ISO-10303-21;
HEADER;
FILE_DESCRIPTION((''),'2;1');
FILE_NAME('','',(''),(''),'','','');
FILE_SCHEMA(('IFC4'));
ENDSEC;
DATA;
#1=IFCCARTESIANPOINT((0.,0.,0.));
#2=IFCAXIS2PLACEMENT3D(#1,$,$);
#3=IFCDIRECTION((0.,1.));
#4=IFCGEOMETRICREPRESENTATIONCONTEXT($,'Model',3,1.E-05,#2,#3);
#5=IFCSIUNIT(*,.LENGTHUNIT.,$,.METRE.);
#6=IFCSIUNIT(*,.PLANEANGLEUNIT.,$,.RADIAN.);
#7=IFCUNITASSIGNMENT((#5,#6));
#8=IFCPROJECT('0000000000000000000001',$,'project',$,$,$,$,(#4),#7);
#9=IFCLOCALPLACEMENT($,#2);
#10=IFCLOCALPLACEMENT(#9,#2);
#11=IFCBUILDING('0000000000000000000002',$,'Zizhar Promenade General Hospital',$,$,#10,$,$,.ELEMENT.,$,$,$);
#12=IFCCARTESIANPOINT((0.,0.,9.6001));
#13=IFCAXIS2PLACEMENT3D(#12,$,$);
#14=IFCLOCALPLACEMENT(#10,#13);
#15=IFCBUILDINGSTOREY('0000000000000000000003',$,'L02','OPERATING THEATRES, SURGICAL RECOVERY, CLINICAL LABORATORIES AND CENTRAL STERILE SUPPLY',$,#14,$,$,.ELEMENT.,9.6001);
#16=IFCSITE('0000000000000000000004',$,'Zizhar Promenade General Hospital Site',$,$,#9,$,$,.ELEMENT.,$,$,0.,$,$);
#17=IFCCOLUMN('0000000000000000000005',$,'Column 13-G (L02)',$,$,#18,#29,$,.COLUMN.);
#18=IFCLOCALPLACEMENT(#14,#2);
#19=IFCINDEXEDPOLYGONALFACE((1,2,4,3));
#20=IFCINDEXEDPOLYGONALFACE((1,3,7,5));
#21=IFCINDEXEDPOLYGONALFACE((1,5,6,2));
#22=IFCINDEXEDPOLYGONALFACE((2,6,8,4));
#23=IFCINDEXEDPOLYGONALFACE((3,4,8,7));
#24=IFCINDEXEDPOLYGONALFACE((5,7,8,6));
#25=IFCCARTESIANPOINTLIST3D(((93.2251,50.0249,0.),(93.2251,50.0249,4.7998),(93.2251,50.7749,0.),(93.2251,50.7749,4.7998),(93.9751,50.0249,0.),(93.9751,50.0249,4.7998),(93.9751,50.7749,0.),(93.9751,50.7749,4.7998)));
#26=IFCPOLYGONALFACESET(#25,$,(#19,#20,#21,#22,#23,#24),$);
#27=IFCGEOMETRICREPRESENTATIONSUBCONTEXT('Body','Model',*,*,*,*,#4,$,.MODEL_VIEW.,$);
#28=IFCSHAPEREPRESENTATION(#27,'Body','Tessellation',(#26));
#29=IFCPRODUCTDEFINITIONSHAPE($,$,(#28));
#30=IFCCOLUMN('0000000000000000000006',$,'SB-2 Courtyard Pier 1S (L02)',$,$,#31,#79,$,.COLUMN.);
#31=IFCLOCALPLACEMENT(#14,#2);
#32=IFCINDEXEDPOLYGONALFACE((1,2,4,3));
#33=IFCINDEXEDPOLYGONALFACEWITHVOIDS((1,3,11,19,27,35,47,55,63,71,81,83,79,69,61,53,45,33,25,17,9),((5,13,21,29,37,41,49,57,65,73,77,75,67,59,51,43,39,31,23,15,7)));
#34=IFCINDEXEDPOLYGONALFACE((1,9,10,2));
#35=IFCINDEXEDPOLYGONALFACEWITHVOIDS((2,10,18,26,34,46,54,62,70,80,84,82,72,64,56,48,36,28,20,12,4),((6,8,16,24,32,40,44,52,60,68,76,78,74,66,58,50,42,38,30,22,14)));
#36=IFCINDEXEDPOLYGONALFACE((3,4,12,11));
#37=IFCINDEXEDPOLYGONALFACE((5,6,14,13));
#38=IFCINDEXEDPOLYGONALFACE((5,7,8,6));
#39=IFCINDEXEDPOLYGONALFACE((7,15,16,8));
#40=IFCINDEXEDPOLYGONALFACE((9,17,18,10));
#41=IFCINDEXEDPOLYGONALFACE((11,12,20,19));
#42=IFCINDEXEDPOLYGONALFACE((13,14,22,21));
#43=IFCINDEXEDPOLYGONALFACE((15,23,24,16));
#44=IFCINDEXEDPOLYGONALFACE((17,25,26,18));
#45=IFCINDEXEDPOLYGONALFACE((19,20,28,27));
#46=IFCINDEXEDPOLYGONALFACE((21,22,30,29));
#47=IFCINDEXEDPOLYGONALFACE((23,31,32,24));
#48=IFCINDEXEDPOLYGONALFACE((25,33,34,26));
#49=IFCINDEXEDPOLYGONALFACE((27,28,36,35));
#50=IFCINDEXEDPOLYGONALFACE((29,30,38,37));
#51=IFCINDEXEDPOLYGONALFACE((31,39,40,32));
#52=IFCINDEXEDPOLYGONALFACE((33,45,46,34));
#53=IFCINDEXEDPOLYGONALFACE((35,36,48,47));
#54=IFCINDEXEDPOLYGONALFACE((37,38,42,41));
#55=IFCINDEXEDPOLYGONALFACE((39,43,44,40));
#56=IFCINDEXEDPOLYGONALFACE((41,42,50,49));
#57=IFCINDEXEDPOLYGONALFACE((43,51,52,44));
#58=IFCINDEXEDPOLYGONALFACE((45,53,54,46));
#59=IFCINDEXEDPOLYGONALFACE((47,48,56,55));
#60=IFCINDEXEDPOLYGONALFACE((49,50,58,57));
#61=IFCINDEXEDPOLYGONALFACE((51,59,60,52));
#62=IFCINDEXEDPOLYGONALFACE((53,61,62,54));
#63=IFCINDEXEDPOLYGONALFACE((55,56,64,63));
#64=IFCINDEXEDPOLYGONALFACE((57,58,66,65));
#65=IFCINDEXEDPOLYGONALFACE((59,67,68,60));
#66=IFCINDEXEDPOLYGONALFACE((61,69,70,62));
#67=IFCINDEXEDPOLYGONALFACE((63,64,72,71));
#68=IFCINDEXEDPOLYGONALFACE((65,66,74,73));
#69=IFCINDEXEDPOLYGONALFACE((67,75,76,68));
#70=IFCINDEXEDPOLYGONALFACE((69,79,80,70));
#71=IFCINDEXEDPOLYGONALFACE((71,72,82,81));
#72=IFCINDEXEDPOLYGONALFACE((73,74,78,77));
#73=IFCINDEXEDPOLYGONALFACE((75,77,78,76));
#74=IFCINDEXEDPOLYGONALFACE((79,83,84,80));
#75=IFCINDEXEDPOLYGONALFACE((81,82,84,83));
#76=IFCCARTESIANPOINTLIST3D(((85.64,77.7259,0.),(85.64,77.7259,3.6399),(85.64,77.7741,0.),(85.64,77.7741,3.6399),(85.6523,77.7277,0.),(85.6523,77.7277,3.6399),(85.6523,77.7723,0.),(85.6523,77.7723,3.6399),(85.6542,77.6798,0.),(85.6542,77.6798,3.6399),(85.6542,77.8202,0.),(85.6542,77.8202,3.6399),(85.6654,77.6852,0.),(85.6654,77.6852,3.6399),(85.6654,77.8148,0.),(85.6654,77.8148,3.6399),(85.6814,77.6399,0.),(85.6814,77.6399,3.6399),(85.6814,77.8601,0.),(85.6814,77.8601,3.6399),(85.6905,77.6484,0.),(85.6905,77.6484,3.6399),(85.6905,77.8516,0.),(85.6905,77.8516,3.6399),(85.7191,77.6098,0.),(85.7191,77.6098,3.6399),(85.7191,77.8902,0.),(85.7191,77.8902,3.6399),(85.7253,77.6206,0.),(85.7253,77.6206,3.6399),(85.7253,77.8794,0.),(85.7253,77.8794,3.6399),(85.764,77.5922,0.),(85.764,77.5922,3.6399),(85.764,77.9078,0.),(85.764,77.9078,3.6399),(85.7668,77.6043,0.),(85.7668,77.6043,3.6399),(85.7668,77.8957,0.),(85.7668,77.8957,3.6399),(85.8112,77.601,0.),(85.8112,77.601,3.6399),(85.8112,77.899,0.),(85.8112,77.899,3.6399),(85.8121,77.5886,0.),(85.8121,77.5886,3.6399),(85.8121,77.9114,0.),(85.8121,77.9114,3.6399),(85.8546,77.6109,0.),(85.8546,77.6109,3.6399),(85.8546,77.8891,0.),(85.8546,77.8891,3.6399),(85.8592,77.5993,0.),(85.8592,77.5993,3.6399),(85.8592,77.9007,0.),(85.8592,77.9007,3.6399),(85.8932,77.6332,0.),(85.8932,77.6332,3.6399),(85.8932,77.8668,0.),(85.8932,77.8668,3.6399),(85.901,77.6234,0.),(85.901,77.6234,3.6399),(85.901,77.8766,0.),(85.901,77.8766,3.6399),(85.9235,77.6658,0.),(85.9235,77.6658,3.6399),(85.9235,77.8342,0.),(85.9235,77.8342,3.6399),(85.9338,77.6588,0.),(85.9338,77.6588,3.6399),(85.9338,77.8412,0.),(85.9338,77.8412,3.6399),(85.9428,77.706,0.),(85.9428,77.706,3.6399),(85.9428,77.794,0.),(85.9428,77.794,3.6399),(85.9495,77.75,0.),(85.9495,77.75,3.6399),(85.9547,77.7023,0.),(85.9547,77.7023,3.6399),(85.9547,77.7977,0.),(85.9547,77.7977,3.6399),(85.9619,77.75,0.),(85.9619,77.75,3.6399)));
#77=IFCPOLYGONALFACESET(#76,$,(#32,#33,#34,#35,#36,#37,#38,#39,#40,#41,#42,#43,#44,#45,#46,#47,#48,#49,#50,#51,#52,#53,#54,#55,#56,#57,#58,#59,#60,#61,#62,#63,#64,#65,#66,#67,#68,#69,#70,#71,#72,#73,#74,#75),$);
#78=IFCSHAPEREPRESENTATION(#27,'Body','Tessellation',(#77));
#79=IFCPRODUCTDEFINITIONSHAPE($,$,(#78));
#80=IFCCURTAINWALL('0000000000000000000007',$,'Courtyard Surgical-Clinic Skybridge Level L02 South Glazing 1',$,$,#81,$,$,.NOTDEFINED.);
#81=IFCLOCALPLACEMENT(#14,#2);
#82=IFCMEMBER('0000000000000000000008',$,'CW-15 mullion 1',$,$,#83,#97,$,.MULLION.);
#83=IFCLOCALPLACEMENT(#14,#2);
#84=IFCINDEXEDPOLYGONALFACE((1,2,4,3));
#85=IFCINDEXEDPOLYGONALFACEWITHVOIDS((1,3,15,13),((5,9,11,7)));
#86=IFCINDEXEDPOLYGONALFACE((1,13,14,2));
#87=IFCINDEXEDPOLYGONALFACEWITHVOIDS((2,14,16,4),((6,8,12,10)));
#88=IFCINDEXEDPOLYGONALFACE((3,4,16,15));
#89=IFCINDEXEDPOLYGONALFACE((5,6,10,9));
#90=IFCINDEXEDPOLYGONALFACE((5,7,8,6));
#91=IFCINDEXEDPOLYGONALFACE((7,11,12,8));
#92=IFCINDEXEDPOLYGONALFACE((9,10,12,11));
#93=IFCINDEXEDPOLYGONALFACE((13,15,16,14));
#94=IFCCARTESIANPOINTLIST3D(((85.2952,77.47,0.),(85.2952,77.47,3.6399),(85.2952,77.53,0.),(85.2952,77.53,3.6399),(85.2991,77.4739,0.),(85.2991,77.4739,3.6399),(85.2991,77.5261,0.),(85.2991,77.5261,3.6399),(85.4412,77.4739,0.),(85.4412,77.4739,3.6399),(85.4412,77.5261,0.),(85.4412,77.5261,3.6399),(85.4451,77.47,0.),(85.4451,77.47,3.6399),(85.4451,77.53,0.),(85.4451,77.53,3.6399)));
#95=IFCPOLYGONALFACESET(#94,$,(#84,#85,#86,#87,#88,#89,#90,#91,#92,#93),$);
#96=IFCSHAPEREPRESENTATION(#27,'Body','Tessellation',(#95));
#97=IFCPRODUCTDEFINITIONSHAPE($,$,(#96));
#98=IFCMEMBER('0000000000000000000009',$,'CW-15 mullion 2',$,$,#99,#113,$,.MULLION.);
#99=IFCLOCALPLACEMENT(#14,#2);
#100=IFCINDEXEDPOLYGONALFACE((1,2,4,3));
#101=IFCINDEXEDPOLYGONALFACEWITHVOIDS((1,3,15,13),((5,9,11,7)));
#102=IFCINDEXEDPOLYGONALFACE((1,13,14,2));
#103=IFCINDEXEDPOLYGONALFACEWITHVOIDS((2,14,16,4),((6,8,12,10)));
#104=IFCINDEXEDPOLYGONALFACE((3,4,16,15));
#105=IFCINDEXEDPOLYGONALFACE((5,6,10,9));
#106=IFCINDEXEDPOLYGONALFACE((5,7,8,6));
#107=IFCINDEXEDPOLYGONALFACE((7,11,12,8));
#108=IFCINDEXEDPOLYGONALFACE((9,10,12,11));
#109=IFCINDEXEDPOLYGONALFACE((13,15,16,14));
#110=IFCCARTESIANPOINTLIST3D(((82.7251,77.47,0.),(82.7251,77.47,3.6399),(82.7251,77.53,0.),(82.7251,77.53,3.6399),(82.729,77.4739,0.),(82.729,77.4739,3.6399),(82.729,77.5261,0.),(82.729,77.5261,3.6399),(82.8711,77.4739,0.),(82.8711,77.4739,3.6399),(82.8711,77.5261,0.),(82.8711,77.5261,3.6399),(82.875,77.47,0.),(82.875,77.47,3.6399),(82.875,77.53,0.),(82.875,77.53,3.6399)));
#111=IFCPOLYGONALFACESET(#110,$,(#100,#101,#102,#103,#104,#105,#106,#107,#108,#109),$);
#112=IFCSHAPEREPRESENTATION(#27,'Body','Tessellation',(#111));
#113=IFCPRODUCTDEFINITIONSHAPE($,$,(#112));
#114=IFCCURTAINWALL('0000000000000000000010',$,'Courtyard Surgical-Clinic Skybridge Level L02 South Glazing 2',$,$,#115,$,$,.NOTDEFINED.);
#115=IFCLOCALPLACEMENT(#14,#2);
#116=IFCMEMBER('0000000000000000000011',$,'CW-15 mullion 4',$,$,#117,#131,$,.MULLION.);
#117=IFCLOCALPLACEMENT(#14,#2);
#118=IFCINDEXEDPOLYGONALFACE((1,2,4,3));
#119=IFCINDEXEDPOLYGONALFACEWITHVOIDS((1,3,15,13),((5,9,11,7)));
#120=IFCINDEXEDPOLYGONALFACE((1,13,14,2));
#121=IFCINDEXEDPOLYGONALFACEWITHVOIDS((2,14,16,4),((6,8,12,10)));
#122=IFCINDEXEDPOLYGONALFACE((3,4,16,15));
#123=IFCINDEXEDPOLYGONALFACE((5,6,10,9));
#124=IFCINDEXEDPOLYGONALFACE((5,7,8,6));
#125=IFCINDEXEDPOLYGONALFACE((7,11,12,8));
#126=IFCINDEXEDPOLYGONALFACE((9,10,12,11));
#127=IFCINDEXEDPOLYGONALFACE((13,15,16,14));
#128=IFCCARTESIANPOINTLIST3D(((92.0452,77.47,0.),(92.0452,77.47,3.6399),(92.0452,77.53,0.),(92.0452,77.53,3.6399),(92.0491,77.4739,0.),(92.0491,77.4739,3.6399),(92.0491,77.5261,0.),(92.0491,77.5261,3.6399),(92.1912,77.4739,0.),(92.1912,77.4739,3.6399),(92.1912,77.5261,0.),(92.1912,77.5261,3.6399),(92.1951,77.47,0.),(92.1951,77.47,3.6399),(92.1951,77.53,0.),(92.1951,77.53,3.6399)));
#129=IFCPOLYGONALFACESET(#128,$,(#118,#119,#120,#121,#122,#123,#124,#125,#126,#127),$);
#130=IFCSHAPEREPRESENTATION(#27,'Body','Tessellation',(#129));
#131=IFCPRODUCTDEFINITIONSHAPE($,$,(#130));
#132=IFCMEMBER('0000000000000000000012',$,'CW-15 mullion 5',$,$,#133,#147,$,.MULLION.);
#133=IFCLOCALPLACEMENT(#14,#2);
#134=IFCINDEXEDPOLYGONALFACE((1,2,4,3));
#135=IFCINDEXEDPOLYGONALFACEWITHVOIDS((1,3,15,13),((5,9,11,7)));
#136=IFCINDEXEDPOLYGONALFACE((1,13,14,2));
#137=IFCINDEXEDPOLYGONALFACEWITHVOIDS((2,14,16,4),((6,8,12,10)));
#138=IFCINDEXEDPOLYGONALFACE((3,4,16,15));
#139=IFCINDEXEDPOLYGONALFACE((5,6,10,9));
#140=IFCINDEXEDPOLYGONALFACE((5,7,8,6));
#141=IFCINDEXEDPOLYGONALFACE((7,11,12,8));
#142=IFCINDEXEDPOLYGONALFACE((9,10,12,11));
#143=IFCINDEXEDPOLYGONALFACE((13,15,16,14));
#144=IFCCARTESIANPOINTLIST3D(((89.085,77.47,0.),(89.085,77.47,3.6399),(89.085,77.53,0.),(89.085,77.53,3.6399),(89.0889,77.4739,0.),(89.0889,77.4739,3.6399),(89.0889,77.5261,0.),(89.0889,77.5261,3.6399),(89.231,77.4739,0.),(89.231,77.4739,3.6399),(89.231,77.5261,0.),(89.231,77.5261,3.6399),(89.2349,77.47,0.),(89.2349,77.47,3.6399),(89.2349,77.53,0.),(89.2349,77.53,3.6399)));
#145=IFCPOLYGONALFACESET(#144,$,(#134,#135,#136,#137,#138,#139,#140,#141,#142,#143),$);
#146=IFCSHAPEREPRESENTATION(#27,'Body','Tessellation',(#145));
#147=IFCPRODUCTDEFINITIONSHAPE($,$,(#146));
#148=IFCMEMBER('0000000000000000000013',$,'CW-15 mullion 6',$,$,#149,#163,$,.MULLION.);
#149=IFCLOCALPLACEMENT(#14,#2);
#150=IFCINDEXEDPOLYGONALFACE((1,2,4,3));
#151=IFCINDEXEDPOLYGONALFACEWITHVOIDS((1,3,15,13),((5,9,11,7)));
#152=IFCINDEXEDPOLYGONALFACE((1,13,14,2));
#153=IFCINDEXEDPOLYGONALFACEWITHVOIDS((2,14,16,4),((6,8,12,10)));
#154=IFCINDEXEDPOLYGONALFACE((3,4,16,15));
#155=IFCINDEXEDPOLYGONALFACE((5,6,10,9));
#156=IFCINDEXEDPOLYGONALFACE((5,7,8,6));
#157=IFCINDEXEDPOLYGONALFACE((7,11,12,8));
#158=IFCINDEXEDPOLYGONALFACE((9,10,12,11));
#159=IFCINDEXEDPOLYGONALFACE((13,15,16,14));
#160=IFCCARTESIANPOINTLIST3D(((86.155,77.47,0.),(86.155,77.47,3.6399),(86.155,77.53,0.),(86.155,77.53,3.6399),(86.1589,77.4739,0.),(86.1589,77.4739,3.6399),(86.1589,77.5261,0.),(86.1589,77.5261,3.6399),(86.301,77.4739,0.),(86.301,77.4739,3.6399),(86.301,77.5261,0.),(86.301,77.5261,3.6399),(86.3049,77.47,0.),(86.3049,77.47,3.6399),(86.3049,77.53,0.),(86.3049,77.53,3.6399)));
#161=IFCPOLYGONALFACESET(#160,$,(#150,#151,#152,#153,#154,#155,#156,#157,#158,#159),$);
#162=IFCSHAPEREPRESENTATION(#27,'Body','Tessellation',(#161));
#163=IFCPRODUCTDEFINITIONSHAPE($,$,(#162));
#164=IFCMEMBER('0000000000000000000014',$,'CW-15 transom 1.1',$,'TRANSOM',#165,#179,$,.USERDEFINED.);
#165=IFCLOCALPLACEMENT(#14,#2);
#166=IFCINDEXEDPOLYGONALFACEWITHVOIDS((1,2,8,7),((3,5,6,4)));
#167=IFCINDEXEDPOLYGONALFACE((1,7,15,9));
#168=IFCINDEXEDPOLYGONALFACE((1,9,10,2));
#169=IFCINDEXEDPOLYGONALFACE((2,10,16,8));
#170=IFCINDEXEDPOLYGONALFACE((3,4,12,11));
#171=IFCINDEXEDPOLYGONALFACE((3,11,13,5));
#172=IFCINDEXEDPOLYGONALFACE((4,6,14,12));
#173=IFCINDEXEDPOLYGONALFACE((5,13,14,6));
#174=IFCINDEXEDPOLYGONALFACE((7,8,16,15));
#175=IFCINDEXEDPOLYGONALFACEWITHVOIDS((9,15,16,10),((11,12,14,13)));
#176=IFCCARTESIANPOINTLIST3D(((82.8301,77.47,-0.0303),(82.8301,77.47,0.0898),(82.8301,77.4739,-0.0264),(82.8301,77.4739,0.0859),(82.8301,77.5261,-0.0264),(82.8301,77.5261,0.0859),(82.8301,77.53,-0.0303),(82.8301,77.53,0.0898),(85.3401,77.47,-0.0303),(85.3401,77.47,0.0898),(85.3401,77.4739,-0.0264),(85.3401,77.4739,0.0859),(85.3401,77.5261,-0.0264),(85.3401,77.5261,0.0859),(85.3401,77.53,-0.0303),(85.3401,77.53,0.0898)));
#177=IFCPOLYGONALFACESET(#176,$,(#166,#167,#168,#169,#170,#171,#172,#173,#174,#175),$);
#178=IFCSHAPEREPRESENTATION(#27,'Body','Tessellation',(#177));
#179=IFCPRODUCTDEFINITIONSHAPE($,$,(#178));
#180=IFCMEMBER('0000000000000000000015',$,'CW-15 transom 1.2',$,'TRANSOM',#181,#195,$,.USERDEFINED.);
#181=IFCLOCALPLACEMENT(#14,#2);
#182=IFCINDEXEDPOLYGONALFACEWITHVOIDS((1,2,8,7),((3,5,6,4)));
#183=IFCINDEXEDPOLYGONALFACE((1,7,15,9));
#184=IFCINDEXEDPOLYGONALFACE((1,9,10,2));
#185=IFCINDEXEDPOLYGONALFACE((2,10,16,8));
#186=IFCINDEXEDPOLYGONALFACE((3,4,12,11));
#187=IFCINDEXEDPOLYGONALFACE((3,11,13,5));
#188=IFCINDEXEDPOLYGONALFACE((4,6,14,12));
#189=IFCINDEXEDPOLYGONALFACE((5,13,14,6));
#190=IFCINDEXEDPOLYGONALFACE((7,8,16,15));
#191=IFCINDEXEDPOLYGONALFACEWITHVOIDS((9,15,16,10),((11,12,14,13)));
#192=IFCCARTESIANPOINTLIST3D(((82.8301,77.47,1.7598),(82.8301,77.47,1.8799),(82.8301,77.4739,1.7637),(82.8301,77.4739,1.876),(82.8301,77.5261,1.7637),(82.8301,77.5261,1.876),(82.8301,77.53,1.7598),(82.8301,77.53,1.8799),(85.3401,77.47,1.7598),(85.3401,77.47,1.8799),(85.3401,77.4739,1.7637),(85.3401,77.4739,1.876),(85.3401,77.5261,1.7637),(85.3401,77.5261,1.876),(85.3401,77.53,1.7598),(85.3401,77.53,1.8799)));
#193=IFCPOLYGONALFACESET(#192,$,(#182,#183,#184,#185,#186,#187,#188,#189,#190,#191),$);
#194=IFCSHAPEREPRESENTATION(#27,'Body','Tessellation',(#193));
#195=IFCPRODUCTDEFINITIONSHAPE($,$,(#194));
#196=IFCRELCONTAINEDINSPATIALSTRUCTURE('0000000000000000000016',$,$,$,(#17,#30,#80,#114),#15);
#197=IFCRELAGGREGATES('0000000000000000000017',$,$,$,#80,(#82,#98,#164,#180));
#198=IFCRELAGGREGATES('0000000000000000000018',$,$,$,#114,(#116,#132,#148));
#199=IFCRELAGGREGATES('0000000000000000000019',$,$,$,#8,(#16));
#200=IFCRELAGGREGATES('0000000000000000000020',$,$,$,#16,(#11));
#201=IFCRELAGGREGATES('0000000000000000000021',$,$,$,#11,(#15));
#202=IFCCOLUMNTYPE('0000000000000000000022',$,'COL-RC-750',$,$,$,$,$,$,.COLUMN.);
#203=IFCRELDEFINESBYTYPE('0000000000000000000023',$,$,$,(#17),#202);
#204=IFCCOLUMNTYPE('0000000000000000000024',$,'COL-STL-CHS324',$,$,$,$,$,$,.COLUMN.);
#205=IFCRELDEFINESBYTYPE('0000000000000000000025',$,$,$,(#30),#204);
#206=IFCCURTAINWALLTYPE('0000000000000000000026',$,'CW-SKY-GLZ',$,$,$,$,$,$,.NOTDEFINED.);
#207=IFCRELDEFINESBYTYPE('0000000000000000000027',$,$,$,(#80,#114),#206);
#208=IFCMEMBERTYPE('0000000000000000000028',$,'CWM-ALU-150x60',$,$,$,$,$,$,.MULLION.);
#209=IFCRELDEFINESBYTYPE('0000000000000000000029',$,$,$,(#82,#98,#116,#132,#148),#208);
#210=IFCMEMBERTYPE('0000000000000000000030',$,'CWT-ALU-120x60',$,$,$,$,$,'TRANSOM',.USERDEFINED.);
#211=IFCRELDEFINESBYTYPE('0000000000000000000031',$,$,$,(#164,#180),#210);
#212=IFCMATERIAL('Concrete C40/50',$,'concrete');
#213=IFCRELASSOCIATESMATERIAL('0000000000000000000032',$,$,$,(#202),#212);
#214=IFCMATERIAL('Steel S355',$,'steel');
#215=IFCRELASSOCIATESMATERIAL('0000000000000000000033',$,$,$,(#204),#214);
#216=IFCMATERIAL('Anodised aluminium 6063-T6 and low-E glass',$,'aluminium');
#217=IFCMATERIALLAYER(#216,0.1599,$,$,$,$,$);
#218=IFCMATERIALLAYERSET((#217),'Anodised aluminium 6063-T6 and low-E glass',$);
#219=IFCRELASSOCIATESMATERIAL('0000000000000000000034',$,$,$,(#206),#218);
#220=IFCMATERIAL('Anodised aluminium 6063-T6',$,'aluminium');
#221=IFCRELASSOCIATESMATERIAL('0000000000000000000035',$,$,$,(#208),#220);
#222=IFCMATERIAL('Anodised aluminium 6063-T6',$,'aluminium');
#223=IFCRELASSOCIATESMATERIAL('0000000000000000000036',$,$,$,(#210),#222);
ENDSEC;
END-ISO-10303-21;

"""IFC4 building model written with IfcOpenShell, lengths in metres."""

from ifc_helpers import new_model, si_unit, direction, frame, origin, origin_2d, place, context, subcontext, project, spatial, rectangle, hollow_rectangle, hollow_circle, extrude, material, layer, layer_set, material_profile, profile_set, type_object, element, aggregate, save


model = new_model("IFC4")

# Units and contexts
model_context = context("Model", 3, precision=1e-05, world=origin(), true_north=direction((0.0, 1.0)))
body_context = subcontext(model_context, "Body", "Model", "MODEL_VIEW")
ifc_project = project(units=[si_unit("LENGTHUNIT", "METRE"), si_unit("PLANEANGLEUNIT", "RADIAN")], contexts=[model_context])

# Site, building, storey
site_placement = place(None, origin())
site = spatial("IfcSite", under=ifc_project, at=site_placement, Name="Zizhar Promenade General Hospital Site", CompositionType="ELEMENT", RefElevation=0.0)
building_placement = place(site_placement, origin())
building = spatial("IfcBuilding", under=site, at=building_placement, Name="Zizhar Promenade General Hospital", CompositionType="ELEMENT")
storey_placement = place(building_placement, frame((0.0, 0.0, 9.6001)))
storey = spatial("IfcBuildingStorey", under=building, at=storey_placement, Name="L02", Description="OPERATING THEATRES, SURGICAL RECOVERY, CLINICAL LABORATORIES AND CENTRAL STERILE SUPPLY", CompositionType="ELEMENT", Elevation=9.6001)

# Columns
ifc_material_1 = material(Name="Concrete C40/50", Category="concrete")
ifc_material_profile_1 = material_profile(ifc_material_1, rectangle(XDim=0.75, YDim=0.75, at=origin_2d()))
ifc_profile_set_1 = profile_set([ifc_material_profile_1], Name="Concrete C40/50")
column_type_1 = type_object("IfcColumnType", Name="COL-RC-750", PredefinedType="COLUMN", material=ifc_profile_set_1)
column_1_placement = place(storey_placement, frame((93.6001, 50.3999, 0.0), z_axis=(0.0, 0.0, 1.0), x_axis=(1.0, 0.0, 0.0)))
element("IfcColumn", 1, at=column_1_placement, inside=storey, type_object=column_type_1, Name="Column 13-G (L02)", PredefinedType="COLUMN", context=body_context, shape_type="SweptSolid", body=[
    extrude(rectangle(XDim=0.75, YDim=0.75, at=origin_2d()), origin(), (0.0, 0.0, 1.0), 4.7998),
])
ifc_material_2 = material(Name="Steel S355", Category="steel")
ifc_material_profile_2 = material_profile(ifc_material_2, hollow_circle(Radius=0.1619, WallThickness=0.0125, at=origin_2d()))
ifc_profile_set_2 = profile_set([ifc_material_profile_2], Name="Steel S355")
column_type_2 = type_object("IfcColumnType", Name="COL-STL-CHS324", PredefinedType="COLUMN", material=ifc_profile_set_2)
column_2_placement = place(storey_placement, frame((85.8, 77.75, 0.0), z_axis=(0.0, 0.0, 1.0), x_axis=(1.0, 0.0, 0.0)))
element("IfcColumn", 2, at=column_2_placement, inside=storey, type_object=column_type_2, Name="SB-2 Courtyard Pier 1S (L02)", PredefinedType="COLUMN", context=body_context, shape_type="SweptSolid", body=[
    extrude(hollow_circle(Radius=0.1619, WallThickness=0.0125, at=origin_2d()), origin(), (0.0, 0.0, 1.0), 3.6399),
])

# Curtain walls, members
ifc_material_3 = material(Name="Anodised aluminium 6063-T6 and low-E glass", Category="aluminium")
ifc_layer_1 = layer(ifc_material_3, 0.1599)
ifc_layer_set_1 = layer_set([ifc_layer_1], Name="Anodised aluminium 6063-T6 and low-E glass")
curtain_wall_type = type_object("IfcCurtainWallType", Name="CW-SKY-GLZ", PredefinedType="NOTDEFINED", material=ifc_layer_set_1)
curtain_wall_1_placement = place(storey_placement, origin())
curtain_wall_1 = element("IfcCurtainWall", 3, at=curtain_wall_1_placement, inside=storey, type_object=curtain_wall_type, Name="Courtyard Surgical-Clinic Skybridge Level L02 South Glazing 1", PredefinedType="NOTDEFINED")
ifc_material_4 = material(Name="Anodised aluminium 6063-T6", Category="aluminium")
ifc_material_profile_3 = material_profile(ifc_material_4, hollow_rectangle(XDim=0.0601, YDim=0.1499, WallThickness=0.0039, at=origin_2d()))
ifc_profile_set_3 = profile_set([ifc_material_profile_3], Name="Anodised aluminium 6063-T6")
member_type_1 = type_object("IfcMemberType", Name="CWM-ALU-150x60", PredefinedType="MULLION", material=ifc_profile_set_3)
member_1_placement = place(storey_placement, frame((85.3701, 77.5, 0.0), z_axis=(0.0, 0.0, 1.0), x_axis=(0.0, -1.0, 0.0)))
member_1 = element("IfcMember", 4, at=member_1_placement, type_object=member_type_1, Name="CW-15 mullion 1", PredefinedType="MULLION", context=body_context, shape_type="SweptSolid", body=[
    extrude(hollow_rectangle(XDim=0.0601, YDim=0.1499, WallThickness=0.0039, at=origin_2d()), origin(), (0.0, 0.0, 1.0), 3.6399),
])
member_2_placement = place(storey_placement, frame((82.8, 77.5, 0.0), z_axis=(0.0, 0.0, 1.0), x_axis=(0.0, -1.0, 0.0)))
member_2 = element("IfcMember", 5, at=member_2_placement, type_object=member_type_1, Name="CW-15 mullion 2", PredefinedType="MULLION", context=body_context, shape_type="SweptSolid", body=[
    extrude(hollow_rectangle(XDim=0.0601, YDim=0.1499, WallThickness=0.0039, at=origin_2d()), origin(), (0.0, 0.0, 1.0), 3.6399),
])
curtain_wall_2_placement = place(storey_placement, origin())
curtain_wall_2 = element("IfcCurtainWall", 6, at=curtain_wall_2_placement, inside=storey, type_object=curtain_wall_type, Name="Courtyard Surgical-Clinic Skybridge Level L02 South Glazing 2", PredefinedType="NOTDEFINED")
member_3_placement = place(storey_placement, frame((92.1201, 77.5, 0.0), z_axis=(0.0, 0.0, 1.0), x_axis=(0.0, -1.0, 0.0)))
member_3 = element("IfcMember", 7, at=member_3_placement, type_object=member_type_1, Name="CW-15 mullion 4", PredefinedType="MULLION", context=body_context, shape_type="SweptSolid", body=[
    extrude(hollow_rectangle(XDim=0.0601, YDim=0.1499, WallThickness=0.0039, at=origin_2d()), origin(), (0.0, 0.0, 1.0), 3.6399),
])
member_4_placement = place(storey_placement, frame((89.1599, 77.5, 0.0), z_axis=(0.0, 0.0, 1.0), x_axis=(0.0, -1.0, 0.0)))
member_4 = element("IfcMember", 8, at=member_4_placement, type_object=member_type_1, Name="CW-15 mullion 5", PredefinedType="MULLION", context=body_context, shape_type="SweptSolid", body=[
    extrude(hollow_rectangle(XDim=0.0601, YDim=0.1499, WallThickness=0.0039, at=origin_2d()), origin(), (0.0, 0.0, 1.0), 3.6399),
])
member_5_placement = place(storey_placement, frame((86.23, 77.5, 0.0), z_axis=(0.0, 0.0, 1.0), x_axis=(0.0, -1.0, 0.0)))
member_5 = element("IfcMember", 9, at=member_5_placement, type_object=member_type_1, Name="CW-15 mullion 6", PredefinedType="MULLION", context=body_context, shape_type="SweptSolid", body=[
    extrude(hollow_rectangle(XDim=0.0601, YDim=0.1499, WallThickness=0.0039, at=origin_2d()), origin(), (0.0, 0.0, 1.0), 3.6399),
])

# Members
ifc_material_5 = material(Name="Anodised aluminium 6063-T6", Category="aluminium")
ifc_material_profile_4 = material_profile(ifc_material_5, hollow_rectangle(XDim=0.0601, YDim=0.1201, WallThickness=0.0039, at=origin_2d()))
ifc_profile_set_4 = profile_set([ifc_material_profile_4], Name="Anodised aluminium 6063-T6")
member_type_2 = type_object("IfcMemberType", Name="CWT-ALU-120x60", ElementType="TRANSOM", PredefinedType="USERDEFINED", material=ifc_profile_set_4)
member_6_placement = place(storey_placement, frame((85.3401, 77.5, 0.0298), z_axis=(-1.0, 0.0, 0.0), x_axis=(0.0, -1.0, 0.0)))
member_6 = element("IfcMember", 10, at=member_6_placement, type_object=member_type_2, Name="CW-15 transom 1.1", ObjectType="TRANSOM", PredefinedType="USERDEFINED", context=body_context, shape_type="SweptSolid", body=[
    extrude(hollow_rectangle(XDim=0.0601, YDim=0.1201, WallThickness=0.0039, at=origin_2d()), origin(), (0.0, 0.0, 1.0), 2.51),
])
member_7_placement = place(storey_placement, frame((85.3401, 77.5, 1.8198), z_axis=(-1.0, 0.0, 0.0), x_axis=(0.0, -1.0, 0.0)))
member_7 = element("IfcMember", 11, at=member_7_placement, type_object=member_type_2, Name="CW-15 transom 1.2", ObjectType="TRANSOM", PredefinedType="USERDEFINED", context=body_context, shape_type="SweptSolid", body=[
    extrude(hollow_rectangle(XDim=0.0601, YDim=0.1201, WallThickness=0.0039, at=origin_2d()), origin(), (0.0, 0.0, 1.0), 2.51),
])

aggregate(curtain_wall_1, [member_1, member_2, member_6, member_7])
aggregate(curtain_wall_2, [member_3, member_4, member_5])

save(model, "model.ifc")
